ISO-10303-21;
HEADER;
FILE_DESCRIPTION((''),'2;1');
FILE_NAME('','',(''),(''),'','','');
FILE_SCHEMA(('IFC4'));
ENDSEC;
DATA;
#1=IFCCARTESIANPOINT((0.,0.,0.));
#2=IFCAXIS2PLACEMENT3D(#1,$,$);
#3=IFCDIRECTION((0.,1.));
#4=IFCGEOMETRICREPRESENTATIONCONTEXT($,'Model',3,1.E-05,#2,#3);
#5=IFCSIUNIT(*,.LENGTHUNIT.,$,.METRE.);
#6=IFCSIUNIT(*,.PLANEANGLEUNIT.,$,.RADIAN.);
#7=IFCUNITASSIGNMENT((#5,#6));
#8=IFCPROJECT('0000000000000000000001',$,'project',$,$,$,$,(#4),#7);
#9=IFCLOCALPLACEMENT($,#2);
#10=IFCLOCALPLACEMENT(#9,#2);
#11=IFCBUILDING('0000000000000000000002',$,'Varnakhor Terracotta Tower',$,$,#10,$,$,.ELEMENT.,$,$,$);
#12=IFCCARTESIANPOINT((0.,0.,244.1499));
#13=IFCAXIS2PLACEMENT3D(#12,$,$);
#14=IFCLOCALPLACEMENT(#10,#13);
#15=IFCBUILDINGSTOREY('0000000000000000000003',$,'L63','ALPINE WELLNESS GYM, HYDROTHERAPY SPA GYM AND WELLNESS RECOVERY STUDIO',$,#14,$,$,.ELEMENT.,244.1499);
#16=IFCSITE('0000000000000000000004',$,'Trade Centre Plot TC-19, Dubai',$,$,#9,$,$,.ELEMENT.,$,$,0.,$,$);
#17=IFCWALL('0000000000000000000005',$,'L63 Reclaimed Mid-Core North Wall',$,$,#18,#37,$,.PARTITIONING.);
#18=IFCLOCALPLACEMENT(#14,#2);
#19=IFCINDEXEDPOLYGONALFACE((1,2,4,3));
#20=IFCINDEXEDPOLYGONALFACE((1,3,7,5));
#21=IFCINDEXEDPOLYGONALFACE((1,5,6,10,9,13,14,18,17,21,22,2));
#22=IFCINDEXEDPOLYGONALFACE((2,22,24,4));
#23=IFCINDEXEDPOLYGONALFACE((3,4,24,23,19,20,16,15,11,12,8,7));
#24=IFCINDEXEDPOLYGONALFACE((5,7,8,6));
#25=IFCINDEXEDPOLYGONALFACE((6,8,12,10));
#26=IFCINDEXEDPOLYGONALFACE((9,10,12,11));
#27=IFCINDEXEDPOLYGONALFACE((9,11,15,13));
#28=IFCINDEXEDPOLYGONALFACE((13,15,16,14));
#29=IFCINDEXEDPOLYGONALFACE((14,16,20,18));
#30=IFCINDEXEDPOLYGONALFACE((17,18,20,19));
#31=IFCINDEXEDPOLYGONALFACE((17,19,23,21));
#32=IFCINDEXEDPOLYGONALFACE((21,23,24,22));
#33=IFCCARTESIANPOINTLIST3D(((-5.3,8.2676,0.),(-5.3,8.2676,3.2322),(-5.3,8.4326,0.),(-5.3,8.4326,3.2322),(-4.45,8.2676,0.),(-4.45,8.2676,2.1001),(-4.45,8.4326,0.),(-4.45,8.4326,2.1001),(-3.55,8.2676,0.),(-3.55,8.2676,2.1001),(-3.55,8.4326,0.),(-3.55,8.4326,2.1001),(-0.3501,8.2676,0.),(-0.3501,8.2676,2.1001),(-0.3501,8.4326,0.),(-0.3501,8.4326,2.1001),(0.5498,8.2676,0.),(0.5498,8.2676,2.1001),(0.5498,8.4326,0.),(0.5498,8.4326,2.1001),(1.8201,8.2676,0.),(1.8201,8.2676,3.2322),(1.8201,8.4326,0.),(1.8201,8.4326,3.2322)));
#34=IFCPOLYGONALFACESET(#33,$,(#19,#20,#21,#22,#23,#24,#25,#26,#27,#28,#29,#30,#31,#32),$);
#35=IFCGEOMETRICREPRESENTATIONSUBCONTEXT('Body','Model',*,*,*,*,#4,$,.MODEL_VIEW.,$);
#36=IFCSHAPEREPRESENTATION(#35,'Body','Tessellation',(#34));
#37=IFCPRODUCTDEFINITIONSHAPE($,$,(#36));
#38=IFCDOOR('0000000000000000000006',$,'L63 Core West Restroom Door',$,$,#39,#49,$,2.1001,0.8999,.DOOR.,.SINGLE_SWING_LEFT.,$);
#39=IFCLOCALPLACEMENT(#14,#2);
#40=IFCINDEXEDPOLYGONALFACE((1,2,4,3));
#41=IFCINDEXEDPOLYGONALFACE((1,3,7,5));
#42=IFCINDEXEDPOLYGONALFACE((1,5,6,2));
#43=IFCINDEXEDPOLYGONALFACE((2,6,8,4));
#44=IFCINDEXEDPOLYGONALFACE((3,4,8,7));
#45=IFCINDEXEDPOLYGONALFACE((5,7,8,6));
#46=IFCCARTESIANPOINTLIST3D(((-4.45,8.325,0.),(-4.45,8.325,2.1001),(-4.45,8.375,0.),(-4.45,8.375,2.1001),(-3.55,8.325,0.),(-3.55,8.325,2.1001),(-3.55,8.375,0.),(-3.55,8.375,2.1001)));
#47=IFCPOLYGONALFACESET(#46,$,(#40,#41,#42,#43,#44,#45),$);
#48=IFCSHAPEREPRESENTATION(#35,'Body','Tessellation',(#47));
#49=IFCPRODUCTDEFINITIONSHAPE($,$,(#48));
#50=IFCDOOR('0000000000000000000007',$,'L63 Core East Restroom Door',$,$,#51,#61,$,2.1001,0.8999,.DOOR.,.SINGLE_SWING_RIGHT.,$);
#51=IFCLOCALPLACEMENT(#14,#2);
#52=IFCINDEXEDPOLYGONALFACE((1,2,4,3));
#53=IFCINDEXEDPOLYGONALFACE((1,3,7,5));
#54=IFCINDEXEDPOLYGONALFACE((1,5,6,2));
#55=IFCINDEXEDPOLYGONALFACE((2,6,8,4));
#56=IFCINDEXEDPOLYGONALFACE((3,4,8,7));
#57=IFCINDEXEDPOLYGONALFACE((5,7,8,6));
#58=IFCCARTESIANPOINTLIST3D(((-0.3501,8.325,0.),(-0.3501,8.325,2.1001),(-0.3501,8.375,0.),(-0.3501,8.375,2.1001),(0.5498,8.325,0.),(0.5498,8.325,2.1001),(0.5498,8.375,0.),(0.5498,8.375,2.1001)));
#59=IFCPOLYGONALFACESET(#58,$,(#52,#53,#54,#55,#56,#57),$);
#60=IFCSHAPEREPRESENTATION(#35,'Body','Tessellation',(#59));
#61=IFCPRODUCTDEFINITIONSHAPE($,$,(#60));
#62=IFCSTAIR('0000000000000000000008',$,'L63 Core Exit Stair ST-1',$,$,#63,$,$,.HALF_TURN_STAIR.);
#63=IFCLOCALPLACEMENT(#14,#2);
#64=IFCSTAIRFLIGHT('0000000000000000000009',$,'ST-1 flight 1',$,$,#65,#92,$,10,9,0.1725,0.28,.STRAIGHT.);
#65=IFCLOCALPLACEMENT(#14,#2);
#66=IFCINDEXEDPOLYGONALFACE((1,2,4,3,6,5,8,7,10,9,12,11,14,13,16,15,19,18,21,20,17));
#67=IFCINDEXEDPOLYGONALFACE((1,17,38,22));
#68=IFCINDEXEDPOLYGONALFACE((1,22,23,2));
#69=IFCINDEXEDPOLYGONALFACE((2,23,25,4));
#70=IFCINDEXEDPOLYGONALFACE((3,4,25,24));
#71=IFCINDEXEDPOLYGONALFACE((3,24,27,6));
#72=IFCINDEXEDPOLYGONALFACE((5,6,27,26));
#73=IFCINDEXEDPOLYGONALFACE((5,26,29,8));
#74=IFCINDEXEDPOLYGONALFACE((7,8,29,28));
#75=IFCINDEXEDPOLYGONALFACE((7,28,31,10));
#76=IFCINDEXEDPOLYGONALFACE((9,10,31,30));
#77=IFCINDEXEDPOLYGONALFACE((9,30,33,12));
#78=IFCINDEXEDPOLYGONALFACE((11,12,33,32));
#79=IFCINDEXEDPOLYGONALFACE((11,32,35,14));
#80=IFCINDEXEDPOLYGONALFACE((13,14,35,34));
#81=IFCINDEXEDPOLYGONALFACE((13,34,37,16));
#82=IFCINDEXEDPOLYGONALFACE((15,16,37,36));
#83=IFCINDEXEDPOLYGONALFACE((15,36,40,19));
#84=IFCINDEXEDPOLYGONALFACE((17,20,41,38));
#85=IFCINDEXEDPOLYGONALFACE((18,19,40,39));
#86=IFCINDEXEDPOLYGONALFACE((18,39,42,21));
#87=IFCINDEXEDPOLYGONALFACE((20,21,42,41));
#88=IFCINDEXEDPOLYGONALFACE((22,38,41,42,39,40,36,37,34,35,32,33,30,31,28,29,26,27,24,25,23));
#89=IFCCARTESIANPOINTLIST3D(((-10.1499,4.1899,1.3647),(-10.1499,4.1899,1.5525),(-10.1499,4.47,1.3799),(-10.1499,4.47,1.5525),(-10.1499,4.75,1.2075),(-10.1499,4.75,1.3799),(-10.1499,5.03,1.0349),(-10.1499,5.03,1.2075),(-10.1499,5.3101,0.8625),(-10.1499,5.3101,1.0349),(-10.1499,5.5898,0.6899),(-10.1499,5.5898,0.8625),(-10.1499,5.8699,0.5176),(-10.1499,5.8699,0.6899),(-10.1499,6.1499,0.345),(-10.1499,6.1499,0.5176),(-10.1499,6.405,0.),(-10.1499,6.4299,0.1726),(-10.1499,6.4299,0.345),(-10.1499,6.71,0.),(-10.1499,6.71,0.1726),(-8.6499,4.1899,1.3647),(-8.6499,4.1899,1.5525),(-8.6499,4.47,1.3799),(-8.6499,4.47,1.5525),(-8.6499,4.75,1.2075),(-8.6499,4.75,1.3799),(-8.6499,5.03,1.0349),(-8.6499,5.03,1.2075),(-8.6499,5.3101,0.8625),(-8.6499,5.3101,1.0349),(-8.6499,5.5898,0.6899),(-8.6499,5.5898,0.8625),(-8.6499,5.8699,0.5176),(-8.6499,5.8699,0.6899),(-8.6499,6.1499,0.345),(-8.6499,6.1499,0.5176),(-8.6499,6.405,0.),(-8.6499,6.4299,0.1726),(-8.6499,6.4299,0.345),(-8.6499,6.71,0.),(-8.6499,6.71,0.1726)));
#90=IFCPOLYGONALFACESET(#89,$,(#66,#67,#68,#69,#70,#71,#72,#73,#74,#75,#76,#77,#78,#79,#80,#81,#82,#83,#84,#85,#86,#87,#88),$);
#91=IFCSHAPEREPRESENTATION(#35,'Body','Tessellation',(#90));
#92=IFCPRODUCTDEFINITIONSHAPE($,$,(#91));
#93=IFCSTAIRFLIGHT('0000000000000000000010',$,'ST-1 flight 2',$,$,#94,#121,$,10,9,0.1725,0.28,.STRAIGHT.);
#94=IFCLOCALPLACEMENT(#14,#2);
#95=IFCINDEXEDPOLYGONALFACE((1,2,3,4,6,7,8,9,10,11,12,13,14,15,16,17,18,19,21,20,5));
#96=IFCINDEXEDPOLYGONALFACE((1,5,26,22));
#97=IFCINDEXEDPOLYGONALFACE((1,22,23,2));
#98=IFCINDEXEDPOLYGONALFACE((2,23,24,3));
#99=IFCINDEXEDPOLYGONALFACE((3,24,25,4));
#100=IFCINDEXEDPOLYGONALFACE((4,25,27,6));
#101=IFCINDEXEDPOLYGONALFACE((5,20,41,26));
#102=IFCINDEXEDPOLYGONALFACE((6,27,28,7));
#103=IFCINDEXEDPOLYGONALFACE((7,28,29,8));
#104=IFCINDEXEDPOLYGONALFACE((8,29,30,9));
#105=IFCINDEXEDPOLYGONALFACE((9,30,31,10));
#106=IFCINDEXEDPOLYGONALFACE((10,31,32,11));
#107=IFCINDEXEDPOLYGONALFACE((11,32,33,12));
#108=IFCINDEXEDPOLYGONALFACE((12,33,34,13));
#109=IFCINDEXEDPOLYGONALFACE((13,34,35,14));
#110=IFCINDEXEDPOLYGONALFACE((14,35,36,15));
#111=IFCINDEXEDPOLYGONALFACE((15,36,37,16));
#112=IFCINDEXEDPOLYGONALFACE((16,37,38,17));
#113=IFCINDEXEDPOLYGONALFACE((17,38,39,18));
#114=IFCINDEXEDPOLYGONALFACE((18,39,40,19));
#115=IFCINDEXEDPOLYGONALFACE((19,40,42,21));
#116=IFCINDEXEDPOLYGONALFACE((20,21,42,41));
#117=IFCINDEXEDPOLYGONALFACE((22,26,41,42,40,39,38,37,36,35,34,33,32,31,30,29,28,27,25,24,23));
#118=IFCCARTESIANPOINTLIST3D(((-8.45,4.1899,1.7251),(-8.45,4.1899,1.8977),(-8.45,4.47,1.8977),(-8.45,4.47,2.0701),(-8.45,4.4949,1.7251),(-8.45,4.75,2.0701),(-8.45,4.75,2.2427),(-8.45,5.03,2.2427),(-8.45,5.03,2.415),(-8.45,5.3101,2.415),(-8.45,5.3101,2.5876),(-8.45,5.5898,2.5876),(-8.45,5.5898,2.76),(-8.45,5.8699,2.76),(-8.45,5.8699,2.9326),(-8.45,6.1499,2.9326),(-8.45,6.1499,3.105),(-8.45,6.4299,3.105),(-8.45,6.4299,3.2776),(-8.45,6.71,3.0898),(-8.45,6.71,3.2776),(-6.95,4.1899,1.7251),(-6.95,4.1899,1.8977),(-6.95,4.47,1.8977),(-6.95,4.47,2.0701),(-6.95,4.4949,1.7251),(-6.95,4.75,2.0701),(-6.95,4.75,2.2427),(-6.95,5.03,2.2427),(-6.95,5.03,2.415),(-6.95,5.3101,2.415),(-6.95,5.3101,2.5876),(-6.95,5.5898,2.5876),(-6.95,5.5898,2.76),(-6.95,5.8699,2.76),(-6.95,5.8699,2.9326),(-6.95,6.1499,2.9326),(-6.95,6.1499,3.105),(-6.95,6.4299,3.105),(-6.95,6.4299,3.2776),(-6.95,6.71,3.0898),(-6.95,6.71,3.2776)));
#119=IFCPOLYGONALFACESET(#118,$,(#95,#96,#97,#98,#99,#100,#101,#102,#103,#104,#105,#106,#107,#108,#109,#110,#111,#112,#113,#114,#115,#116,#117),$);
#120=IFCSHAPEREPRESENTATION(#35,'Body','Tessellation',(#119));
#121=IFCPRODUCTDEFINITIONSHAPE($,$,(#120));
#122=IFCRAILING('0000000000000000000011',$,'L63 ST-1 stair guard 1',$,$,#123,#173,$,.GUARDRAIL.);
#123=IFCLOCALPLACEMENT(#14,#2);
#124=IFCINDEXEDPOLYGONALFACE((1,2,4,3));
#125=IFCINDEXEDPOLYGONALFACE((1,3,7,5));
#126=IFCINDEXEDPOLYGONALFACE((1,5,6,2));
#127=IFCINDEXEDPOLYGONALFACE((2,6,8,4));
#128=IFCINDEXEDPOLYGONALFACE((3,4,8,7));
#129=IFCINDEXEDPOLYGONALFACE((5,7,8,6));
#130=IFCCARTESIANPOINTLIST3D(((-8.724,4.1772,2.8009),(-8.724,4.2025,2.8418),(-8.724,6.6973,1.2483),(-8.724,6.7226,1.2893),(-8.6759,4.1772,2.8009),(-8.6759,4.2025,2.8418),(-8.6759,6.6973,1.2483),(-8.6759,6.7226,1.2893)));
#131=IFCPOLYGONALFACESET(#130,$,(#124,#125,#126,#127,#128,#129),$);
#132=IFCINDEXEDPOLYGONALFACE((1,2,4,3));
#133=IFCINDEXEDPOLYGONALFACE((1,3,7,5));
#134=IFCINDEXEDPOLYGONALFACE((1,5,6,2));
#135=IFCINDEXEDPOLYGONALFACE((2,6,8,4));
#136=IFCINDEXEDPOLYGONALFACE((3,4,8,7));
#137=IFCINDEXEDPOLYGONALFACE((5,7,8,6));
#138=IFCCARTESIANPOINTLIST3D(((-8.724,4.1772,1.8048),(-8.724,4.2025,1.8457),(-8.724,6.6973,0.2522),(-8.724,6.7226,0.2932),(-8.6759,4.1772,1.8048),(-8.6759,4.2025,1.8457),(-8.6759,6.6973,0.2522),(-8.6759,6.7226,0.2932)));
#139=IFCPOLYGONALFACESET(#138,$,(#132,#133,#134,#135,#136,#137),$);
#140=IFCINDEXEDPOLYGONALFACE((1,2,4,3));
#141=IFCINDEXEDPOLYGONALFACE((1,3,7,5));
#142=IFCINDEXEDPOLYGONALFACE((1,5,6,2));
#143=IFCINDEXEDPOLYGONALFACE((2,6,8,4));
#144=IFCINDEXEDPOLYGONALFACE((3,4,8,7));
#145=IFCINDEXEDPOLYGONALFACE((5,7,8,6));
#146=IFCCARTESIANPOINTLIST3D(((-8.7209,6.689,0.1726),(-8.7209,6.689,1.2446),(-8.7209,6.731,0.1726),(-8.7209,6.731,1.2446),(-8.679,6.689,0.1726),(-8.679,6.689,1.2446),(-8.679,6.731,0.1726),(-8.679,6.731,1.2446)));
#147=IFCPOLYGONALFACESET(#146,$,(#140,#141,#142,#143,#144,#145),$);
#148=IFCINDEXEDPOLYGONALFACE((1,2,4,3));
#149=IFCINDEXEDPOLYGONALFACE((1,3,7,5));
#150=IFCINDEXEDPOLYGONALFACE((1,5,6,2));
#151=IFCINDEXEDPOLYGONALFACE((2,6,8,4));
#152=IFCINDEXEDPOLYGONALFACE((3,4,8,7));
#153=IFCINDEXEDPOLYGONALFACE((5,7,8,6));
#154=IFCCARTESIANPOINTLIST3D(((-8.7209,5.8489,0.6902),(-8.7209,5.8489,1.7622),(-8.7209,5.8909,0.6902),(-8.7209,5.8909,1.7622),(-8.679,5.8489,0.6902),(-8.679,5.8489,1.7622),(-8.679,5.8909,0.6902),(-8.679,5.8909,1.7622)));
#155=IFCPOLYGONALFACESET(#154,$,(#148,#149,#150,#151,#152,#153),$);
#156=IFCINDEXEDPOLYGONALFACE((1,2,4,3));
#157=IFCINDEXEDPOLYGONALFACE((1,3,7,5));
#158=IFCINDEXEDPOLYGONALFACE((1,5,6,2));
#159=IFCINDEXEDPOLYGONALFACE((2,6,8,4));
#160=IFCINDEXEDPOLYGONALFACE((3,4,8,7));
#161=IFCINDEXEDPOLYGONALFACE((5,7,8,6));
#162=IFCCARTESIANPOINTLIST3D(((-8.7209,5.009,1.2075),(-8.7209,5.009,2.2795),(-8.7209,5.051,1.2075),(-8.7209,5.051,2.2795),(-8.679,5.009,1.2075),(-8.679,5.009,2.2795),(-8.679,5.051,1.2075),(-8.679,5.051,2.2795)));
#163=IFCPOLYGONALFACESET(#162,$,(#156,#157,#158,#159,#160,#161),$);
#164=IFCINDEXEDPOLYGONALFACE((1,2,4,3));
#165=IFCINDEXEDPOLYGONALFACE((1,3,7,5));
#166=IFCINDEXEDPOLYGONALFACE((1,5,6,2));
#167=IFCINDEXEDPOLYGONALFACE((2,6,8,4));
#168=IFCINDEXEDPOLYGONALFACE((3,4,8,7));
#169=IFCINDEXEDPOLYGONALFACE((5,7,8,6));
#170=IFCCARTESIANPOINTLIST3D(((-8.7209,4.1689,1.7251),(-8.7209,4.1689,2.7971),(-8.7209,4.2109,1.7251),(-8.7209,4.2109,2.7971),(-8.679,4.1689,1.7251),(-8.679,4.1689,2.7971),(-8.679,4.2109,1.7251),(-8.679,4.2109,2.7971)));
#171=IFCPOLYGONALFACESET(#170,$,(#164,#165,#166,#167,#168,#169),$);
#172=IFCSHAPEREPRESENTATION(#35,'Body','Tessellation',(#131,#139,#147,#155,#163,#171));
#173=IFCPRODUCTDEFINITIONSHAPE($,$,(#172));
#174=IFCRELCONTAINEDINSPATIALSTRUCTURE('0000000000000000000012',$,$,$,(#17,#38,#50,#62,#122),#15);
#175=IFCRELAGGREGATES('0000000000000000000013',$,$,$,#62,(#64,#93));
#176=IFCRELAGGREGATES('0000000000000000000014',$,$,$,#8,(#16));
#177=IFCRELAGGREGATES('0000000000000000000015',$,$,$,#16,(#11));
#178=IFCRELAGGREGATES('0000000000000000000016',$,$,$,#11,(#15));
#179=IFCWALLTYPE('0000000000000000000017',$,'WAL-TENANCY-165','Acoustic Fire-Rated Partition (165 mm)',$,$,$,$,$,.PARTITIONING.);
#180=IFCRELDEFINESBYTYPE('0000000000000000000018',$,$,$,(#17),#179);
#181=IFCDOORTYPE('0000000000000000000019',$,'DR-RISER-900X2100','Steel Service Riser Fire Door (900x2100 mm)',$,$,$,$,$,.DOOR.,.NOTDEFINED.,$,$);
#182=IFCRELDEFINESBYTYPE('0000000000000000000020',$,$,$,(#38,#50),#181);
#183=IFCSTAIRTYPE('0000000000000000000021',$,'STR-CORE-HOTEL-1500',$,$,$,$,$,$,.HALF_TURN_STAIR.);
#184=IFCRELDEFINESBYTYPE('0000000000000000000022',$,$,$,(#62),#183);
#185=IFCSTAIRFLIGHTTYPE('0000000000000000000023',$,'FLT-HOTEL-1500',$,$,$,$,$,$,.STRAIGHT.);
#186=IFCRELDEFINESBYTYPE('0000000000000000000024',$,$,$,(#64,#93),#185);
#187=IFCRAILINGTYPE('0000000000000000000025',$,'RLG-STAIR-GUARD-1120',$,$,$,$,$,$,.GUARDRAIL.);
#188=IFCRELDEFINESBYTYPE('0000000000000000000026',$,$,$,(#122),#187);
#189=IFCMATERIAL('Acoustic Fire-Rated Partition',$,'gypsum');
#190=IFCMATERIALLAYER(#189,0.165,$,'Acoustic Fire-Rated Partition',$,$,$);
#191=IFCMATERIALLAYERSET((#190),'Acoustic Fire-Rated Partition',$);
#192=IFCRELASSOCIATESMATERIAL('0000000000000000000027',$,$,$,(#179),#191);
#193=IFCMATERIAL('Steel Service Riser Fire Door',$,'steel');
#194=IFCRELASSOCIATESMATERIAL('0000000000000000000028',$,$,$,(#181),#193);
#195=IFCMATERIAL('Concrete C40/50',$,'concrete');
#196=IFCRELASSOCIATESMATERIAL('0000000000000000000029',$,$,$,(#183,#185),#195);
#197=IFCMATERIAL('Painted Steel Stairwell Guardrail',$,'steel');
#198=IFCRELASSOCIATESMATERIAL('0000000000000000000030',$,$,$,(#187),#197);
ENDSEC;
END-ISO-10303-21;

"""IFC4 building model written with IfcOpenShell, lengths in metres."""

from ifc_helpers import new_model, si_unit, direction, frame, frame_2d, origin, origin_2d, place, context, subcontext, project, spatial, polyline, rectangle, outline, extrude, source, transform, mapped, material, layer, layer_set, type_object, type_shapes, element, fill, aggregate, save


model = new_model("IFC4")

# Units and contexts
model_context = context("Model", 3, precision=1e-05, world=origin(), true_north=direction((0.0, 1.0)))
body_context = subcontext(model_context, "Body", "Model", "MODEL_VIEW")
ifc_project = project(units=[si_unit("LENGTHUNIT", "METRE"), si_unit("PLANEANGLEUNIT", "RADIAN")], contexts=[model_context])

# Site, building, storey
site_placement = place(None, origin())
site = spatial("IfcSite", under=ifc_project, at=site_placement, Name="Trade Centre Plot TC-19, Dubai", CompositionType="ELEMENT", RefElevation=0.0)
building_placement = place(site_placement, origin())
building = spatial("IfcBuilding", under=site, at=building_placement, Name="Varnakhor Terracotta Tower", CompositionType="ELEMENT")
storey_placement = place(building_placement, frame((0.0, 0.0, 244.1499)))
storey = spatial("IfcBuildingStorey", under=building, at=storey_placement, Name="L63", Description="ALPINE WELLNESS GYM, HYDROTHERAPY SPA GYM AND WELLNESS RECOVERY STUDIO", CompositionType="ELEMENT", Elevation=244.1499)

# Shared definitions
ifc_material_1 = material(Name="Concrete C40/50", Category="concrete")

# Shared definitions
ifc_material_2 = material(Name="Acoustic Fire-Rated Partition", Category="gypsum")
ifc_layer_1 = layer(ifc_material_2, 0.165, Name="Acoustic Fire-Rated Partition")
ifc_layer_set_1 = layer_set([ifc_layer_1], Name="Acoustic Fire-Rated Partition")
wall_type_1 = type_object("IfcWallType", Name="WAL-TENANCY-165", Description="Acoustic Fire-Rated Partition (165 mm)", PredefinedType="PARTITIONING", material=ifc_layer_set_1)
ifc_material_3 = material(Name="Steel Service Riser Fire Door", Category="steel")
door_type_1 = type_object("IfcDoorType", Name="DR-RISER-900X2100", Description="Steel Service Riser Fire Door (900x2100 mm)", OperationType="NOTDEFINED", PredefinedType="DOOR", material=ifc_material_3)
shared_shape_1 = source(origin(), body_context, "Body", "SweptSolid", [
    extrude(rectangle(XDim=0.8999, YDim=2.1001, at=frame_2d((0.45, 1.05))), frame((0.0, 0.0249, 0.0), z_axis=(0.0, -1.0, 0.0), x_axis=(1.0, 0.0, 0.0)), (0.0, 0.0, 1.0), 0.05),
])
type_shapes(door_type_1, [shared_shape_1])

# Wall, openings, doors
wall_1_placement = place(storey_placement, frame((-5.3, 8.3501, 0.0), z_axis=(0.0, 0.0, 1.0), x_axis=(1.0, 0.0, 0.0)))
wall_1 = element("IfcWall", 1, at=wall_1_placement, inside=storey, type_object=wall_type_1, Name="L63 Reclaimed Mid-Core North Wall", PredefinedType="PARTITIONING", context=body_context, shape_type="SweptSolid", body=[
    extrude(rectangle(XDim=7.1201, YDim=0.165, at=frame_2d((3.5601, 0.0))), origin(), (0.0, 0.0, 1.0), 3.2322),
])
opening_1_placement = place(wall_1_placement, frame((0.8501, 0.0, 0.0)))
opening_1 = element("IfcOpeningElement", 2, at=opening_1_placement, cuts=wall_1, PredefinedType="OPENING", context=body_context, shape_type="SweptSolid", body=[
    extrude(rectangle(XDim=0.8999, YDim=2.1001, at=frame_2d((0.45, 1.05))), frame((0.0, 0.0925, 0.0), z_axis=(0.0, -1.0, 0.0), x_axis=(1.0, 0.0, 0.0)), (0.0, 0.0, 1.0), 0.1851),
])
opening_2_placement = place(wall_1_placement, frame((4.95, 0.0, 0.0)))
opening_2 = element("IfcOpeningElement", 3, at=opening_2_placement, cuts=wall_1, PredefinedType="OPENING", context=body_context, shape_type="SweptSolid", body=[
    extrude(rectangle(XDim=0.8999, YDim=2.1001, at=frame_2d((0.45, 1.05))), frame((0.0, 0.0925, 0.0), z_axis=(0.0, -1.0, 0.0), x_axis=(1.0, 0.0, 0.0)), (0.0, 0.0, 1.0), 0.1851),
])
door_1_placement = place(opening_1_placement, origin())
door_1 = element("IfcDoor", 4, at=door_1_placement, inside=storey, type_object=door_type_1, Name="L63 Core West Restroom Door", OperationType="SINGLE_SWING_LEFT", OverallHeight=2.1001, OverallWidth=0.8999, PredefinedType="DOOR", context=body_context, shape_type="MappedRepresentation", body=[
    mapped(shared_shape_1, transform((0.0, 0.0, 0.0), scale=1.0)),
])
fill(opening_1, door_1)
door_2_placement = place(opening_2_placement, origin())
door_2 = element("IfcDoor", 5, at=door_2_placement, inside=storey, type_object=door_type_1, Name="L63 Core East Restroom Door", OperationType="SINGLE_SWING_RIGHT", OverallHeight=2.1001, OverallWidth=0.8999, PredefinedType="DOOR", context=body_context, shape_type="MappedRepresentation", body=[
    mapped(shared_shape_1, transform((0.0, 0.0, 0.0), scale=1.0)),
])
fill(opening_2, door_2)

# Stair, stair flights
stair_type = type_object("IfcStairType", Name="STR-CORE-HOTEL-1500", PredefinedType="HALF_TURN_STAIR", material=ifc_material_1)
stair_placement = place(storey_placement, origin())
stair = element("IfcStair", 6, at=stair_placement, inside=storey, type_object=stair_type, Name="L63 Core Exit Stair ST-1", PredefinedType="HALF_TURN_STAIR")
stair_flight_type = type_object("IfcStairFlightType", Name="FLT-HOTEL-1500", PredefinedType="STRAIGHT", material=ifc_material_1)
stair_flight_1_placement = place(storey_placement, frame((-9.3999, 6.71, 0.0), z_axis=(0.0, 0.0, 1.0), x_axis=(0.0, -1.0, 0.0)))
stair_flight_1 = element("IfcStairFlight", 7, at=stair_flight_1_placement, type_object=stair_flight_type, Name="ST-1 flight 1", NumberOfRisers=10, NumberOfTreads=9, PredefinedType="STRAIGHT", RiserHeight=0.1725, TreadLength=0.28, context=body_context, shape_type="SweptSolid", body=[
    extrude(outline(polyline([(0.0, 0.0), (0.0, 0.1726), (0.28, 0.1726), (0.28, 0.345), (0.5601, 0.345), (0.5601, 0.5176), (0.8401, 0.5176), (0.8401, 0.6899), (1.1201, 0.6899), (1.1201, 0.8625), (1.3999, 0.8625), (1.3999, 1.0349), (1.6799, 1.0349), (1.6799, 1.2075), (1.96, 1.2075), (1.96, 1.3799), (2.24, 1.3799), (2.24, 1.5525), (2.52, 1.5525), (2.52, 1.7251), (2.52, 1.3647), (0.3049, 0.0), (0.0, 0.0)])), frame((0.0, 0.75, 0.0), z_axis=(0.0, -1.0, 0.0), x_axis=(1.0, 0.0, 0.0)), (0.0, 0.0, 1.0), 1.5),
])
stair_flight_2_placement = place(storey_placement, frame((-7.7, 4.1899, 1.7251), z_axis=(0.0, 0.0, 1.0), x_axis=(0.0, 1.0, 0.0)))
stair_flight_2 = element("IfcStairFlight", 8, at=stair_flight_2_placement, type_object=stair_flight_type, Name="ST-1 flight 2", NumberOfRisers=10, NumberOfTreads=9, PredefinedType="STRAIGHT", RiserHeight=0.1725, TreadLength=0.28, context=body_context, shape_type="SweptSolid", body=[
    extrude(outline(polyline([(0.0, 0.0), (0.0, 0.1726), (0.28, 0.1726), (0.28, 0.345), (0.5601, 0.345), (0.5601, 0.5176), (0.8401, 0.5176), (0.8401, 0.6899), (1.1201, 0.6899), (1.1201, 0.8625), (1.3999, 0.8625), (1.3999, 1.0349), (1.6799, 1.0349), (1.6799, 1.2075), (1.96, 1.2075), (1.96, 1.3799), (2.24, 1.3799), (2.24, 1.5525), (2.52, 1.5525), (2.52, 1.7251), (2.52, 1.3647), (0.3049, 0.0), (0.0, 0.0)])), frame((0.0, 0.75, 0.0), z_axis=(0.0, -1.0, 0.0), x_axis=(1.0, 0.0, 0.0)), (0.0, 0.0, 1.0), 1.5),
])
aggregate(stair, [stair_flight_1, stair_flight_2])

# Railing
ifc_material_4 = material(Name="Painted Steel Stairwell Guardrail", Category="steel")
railing_type_1 = type_object("IfcRailingType", Name="RLG-STAIR-GUARD-1120", PredefinedType="GUARDRAIL", material=ifc_material_4)
railing_1_placement = place(storey_placement, frame((-8.7, 6.71, 0.1726)))
element("IfcRailing", 9, at=railing_1_placement, inside=storey, type_object=railing_type_1, Name="L63 ST-1 stair guard 1", PredefinedType="GUARDRAIL", context=body_context, shape_type="SweptSolid", body=[
    extrude(rectangle(XDim=0.0481, YDim=0.0481, at=origin_2d()), frame((0.0, 0.0, 1.0962), z_axis=(0.0, -0.8514, 0.524516), x_axis=(1.0, 0.0, 0.0)), (0.0, 0.0, 1.0), 2.96),
    extrude(rectangle(XDim=0.0481, YDim=0.0481, at=origin_2d()), frame((0.0, 0.0, 0.1001), z_axis=(0.0, -0.8514, 0.524516), x_axis=(1.0, 0.0, 0.0)), (0.0, 0.0, 1.0), 2.96),
    extrude(rectangle(XDim=0.042, YDim=0.042, at=origin_2d()), origin(), (0.0, 0.0, 1.0), 1.072),
    extrude(rectangle(XDim=0.042, YDim=0.042, at=origin_2d()), frame((0.0, -0.8401, 0.5176)), (0.0, 0.0, 1.0), 1.072),
    extrude(rectangle(XDim=0.042, YDim=0.042, at=origin_2d()), frame((0.0, -1.6799, 1.0349)), (0.0, 0.0, 1.0), 1.072),
    extrude(rectangle(XDim=0.042, YDim=0.042, at=origin_2d()), frame((0.0, -2.52, 1.5525)), (0.0, 0.0, 1.0), 1.072),
])

save(model, "model.ifc")
